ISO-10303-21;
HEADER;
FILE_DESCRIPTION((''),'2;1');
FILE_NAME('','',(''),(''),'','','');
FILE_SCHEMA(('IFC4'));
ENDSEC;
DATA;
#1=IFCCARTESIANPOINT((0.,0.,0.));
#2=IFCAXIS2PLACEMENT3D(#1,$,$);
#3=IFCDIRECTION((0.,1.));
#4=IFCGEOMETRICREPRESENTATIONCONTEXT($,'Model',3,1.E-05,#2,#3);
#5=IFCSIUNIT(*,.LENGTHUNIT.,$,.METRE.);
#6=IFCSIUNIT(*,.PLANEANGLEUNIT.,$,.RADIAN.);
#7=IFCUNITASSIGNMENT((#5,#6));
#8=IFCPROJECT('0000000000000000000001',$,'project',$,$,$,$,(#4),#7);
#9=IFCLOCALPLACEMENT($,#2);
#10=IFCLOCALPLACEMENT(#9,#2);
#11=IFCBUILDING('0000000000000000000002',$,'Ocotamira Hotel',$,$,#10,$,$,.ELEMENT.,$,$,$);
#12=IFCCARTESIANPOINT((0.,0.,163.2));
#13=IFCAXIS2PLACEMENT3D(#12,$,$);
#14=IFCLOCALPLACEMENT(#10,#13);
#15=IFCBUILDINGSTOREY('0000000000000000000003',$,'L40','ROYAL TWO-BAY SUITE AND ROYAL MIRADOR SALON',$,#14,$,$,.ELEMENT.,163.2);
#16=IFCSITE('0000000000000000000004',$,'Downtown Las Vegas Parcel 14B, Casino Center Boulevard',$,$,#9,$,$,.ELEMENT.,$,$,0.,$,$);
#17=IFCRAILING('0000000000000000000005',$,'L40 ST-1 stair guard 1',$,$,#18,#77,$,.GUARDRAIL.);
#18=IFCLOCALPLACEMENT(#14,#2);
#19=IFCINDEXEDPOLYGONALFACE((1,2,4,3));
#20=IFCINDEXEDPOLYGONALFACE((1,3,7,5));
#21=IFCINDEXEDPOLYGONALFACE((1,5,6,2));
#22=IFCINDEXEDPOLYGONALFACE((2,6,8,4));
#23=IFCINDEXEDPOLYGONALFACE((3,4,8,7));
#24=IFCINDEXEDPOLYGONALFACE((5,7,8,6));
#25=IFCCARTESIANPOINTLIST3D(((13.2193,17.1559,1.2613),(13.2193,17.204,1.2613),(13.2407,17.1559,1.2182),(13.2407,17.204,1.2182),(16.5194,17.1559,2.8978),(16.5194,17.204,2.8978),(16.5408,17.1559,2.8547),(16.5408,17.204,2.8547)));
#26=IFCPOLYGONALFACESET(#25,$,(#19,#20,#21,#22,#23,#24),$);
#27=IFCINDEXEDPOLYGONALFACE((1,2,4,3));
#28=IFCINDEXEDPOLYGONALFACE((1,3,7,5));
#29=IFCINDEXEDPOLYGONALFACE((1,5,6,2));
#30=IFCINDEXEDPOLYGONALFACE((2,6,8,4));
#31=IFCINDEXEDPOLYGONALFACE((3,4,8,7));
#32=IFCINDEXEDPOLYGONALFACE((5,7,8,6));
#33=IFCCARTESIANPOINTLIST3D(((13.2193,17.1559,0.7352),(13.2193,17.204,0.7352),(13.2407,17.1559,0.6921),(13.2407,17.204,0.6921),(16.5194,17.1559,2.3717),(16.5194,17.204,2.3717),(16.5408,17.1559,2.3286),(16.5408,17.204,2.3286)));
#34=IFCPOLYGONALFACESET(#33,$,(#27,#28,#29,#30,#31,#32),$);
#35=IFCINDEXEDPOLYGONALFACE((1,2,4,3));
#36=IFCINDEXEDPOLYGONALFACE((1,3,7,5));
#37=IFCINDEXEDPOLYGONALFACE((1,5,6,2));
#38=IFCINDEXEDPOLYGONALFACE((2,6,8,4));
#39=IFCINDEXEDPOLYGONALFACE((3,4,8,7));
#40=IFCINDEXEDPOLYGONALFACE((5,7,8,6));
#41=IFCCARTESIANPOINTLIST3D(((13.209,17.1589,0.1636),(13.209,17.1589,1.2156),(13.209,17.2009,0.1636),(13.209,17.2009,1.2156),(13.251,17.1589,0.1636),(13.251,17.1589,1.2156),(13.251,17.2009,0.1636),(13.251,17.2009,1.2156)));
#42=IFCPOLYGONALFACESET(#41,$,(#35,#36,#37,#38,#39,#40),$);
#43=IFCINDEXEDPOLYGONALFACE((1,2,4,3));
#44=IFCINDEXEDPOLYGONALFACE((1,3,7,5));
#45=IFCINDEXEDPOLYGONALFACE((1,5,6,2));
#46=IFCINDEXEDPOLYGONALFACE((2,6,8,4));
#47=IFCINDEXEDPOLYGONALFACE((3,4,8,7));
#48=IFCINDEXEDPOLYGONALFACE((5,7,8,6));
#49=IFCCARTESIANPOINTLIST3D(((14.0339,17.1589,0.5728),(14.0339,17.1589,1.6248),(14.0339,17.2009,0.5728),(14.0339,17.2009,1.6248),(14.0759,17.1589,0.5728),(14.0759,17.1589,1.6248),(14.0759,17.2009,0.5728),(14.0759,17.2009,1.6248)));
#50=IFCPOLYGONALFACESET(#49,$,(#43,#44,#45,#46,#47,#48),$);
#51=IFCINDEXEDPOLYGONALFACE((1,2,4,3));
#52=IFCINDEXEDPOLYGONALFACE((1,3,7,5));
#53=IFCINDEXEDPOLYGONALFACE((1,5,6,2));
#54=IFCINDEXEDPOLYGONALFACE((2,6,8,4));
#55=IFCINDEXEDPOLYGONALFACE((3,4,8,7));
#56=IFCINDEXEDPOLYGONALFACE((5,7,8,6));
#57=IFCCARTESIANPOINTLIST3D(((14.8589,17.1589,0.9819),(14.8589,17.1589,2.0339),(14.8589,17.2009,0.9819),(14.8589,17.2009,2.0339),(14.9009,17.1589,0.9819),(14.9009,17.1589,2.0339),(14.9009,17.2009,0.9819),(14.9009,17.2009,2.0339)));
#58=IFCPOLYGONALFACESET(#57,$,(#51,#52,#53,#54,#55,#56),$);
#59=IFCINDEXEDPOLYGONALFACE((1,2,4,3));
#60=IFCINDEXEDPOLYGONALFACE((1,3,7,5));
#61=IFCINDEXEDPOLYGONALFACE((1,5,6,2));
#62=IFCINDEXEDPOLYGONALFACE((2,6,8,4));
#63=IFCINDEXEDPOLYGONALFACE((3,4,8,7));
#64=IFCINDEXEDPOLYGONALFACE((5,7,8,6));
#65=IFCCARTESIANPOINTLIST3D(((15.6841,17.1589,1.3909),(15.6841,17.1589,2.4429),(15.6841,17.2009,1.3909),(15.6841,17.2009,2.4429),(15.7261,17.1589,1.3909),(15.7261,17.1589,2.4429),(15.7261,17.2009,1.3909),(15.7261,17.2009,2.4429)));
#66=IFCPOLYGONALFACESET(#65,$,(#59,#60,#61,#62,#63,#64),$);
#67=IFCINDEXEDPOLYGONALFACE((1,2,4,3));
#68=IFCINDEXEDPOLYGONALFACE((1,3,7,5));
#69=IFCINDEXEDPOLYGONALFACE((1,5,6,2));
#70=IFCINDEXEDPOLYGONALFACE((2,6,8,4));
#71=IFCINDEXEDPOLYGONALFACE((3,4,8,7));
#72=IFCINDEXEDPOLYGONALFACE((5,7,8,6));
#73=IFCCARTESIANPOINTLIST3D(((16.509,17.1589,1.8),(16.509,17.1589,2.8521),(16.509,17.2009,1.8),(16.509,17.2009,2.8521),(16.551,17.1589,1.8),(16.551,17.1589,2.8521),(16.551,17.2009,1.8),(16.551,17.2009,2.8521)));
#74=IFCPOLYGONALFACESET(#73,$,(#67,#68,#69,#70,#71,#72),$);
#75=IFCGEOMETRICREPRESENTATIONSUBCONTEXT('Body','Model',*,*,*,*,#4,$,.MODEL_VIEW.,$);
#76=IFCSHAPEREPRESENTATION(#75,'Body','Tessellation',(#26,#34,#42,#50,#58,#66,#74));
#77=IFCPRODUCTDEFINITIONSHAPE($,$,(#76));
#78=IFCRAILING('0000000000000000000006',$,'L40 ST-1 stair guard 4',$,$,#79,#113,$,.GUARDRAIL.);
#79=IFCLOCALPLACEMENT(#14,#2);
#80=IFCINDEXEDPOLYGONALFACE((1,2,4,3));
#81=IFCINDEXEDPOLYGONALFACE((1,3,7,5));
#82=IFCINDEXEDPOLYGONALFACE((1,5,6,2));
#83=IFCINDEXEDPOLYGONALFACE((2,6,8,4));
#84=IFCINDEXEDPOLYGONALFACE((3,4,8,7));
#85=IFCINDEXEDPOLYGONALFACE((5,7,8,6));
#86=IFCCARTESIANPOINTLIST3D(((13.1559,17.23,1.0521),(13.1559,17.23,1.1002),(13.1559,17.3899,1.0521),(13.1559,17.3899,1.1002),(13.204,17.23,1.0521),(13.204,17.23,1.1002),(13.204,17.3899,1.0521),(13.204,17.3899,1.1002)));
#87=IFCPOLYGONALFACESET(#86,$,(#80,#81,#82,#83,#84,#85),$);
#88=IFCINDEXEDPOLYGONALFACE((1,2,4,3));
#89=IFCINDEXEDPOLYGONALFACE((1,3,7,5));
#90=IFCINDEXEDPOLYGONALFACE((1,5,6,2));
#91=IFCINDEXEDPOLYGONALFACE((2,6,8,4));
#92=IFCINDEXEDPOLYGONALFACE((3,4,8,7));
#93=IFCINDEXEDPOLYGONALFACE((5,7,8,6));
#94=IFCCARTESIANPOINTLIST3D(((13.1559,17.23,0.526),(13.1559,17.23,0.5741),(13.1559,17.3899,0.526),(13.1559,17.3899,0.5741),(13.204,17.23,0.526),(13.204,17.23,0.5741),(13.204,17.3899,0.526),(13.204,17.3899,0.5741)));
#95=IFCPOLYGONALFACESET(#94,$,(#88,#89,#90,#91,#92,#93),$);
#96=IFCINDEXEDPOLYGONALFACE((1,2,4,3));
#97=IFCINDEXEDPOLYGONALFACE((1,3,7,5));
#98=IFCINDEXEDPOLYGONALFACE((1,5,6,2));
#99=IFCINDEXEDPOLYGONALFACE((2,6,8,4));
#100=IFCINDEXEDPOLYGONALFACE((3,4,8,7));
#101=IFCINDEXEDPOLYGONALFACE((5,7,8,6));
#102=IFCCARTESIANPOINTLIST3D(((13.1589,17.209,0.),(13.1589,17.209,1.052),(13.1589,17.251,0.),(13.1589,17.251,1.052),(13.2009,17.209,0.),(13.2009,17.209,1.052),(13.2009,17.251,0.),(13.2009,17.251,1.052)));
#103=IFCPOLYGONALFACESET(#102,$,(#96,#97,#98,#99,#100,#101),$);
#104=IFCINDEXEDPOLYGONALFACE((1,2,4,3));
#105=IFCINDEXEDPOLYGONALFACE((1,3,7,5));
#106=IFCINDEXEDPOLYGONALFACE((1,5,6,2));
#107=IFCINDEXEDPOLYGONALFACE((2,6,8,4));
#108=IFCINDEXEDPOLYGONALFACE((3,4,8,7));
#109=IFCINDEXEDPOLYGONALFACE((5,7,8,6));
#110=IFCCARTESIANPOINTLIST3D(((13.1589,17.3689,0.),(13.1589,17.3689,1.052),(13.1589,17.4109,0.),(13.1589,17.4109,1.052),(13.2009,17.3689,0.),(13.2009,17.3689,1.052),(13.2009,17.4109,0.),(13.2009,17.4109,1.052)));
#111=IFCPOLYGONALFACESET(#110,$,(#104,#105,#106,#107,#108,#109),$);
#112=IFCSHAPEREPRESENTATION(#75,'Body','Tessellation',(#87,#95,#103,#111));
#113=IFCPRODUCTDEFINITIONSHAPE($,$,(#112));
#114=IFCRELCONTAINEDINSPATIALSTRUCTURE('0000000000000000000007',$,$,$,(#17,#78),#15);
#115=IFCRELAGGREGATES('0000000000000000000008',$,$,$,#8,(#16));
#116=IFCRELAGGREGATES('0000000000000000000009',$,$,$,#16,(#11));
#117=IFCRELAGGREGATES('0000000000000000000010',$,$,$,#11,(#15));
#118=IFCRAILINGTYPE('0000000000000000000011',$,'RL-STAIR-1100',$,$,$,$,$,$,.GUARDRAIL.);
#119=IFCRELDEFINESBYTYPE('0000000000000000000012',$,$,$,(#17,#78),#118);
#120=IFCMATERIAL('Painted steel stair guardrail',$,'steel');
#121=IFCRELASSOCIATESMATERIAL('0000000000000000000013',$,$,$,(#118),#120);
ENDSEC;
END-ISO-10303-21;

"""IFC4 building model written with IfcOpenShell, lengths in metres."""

from ifc_helpers import new_model, si_unit, direction, frame, origin, origin_2d, place, context, subcontext, project, spatial, rectangle, extrude, material, type_object, element, save


model = new_model("IFC4")

# Units and contexts
model_context = context("Model", 3, precision=1e-05, world=origin(), true_north=direction((0.0, 1.0)))
body_context = subcontext(model_context, "Body", "Model", "MODEL_VIEW")
ifc_project = project(units=[si_unit("LENGTHUNIT", "METRE"), si_unit("PLANEANGLEUNIT", "RADIAN")], contexts=[model_context])

# Site, building, storey
site_placement = place(None, origin())
site = spatial("IfcSite", under=ifc_project, at=site_placement, Name="Downtown Las Vegas Parcel 14B, Casino Center Boulevard", CompositionType="ELEMENT", RefElevation=0.0)
building_placement = place(site_placement, origin())
building = spatial("IfcBuilding", under=site, at=building_placement, Name="Ocotamira Hotel", CompositionType="ELEMENT")
storey_placement = place(building_placement, frame((0.0, 0.0, 163.2)))
storey = spatial("IfcBuildingStorey", under=building, at=storey_placement, Name="L40", Description="ROYAL TWO-BAY SUITE AND ROYAL MIRADOR SALON", CompositionType="ELEMENT", Elevation=163.2)

# Railings
ifc_material_1 = material(Name="Painted steel stair guardrail", Category="steel")
railing_type_1 = type_object("IfcRailingType", Name="RL-STAIR-1100", PredefinedType="GUARDRAIL", material=ifc_material_1)
railing_1_placement = place(storey_placement, frame((13.23, 17.1799, 0.1636)))
element("IfcRailing", 1, at=railing_1_placement, inside=storey, type_object=railing_type_1, Name="L40 ST-1 stair guard 1", PredefinedType="GUARDRAIL", context=body_context, shape_type="SweptSolid", body=[
    extrude(rectangle(XDim=0.0481, YDim=0.0481, at=origin_2d()), frame((0.0, 0.0, 1.0762), z_axis=(0.895894, 0.0, 0.444268), x_axis=(0.0, 1.0, 0.0)), (0.0, 0.0, 1.0), 3.6836),
    extrude(rectangle(XDim=0.0481, YDim=0.0481, at=origin_2d()), frame((0.0, 0.0, 0.55), z_axis=(0.895894, 0.0, 0.444268), x_axis=(0.0, 1.0, 0.0)), (0.0, 0.0, 1.0), 3.6836),
    extrude(rectangle(XDim=0.042, YDim=0.042, at=origin_2d()), origin(), (0.0, 0.0, 1.0), 1.052),
    extrude(rectangle(XDim=0.042, YDim=0.042, at=origin_2d()), frame((0.825, 0.0, 0.4092)), (0.0, 0.0, 1.0), 1.052),
    extrude(rectangle(XDim=0.042, YDim=0.042, at=origin_2d()), frame((1.6499, 0.0, 0.8184)), (0.0, 0.0, 1.0), 1.052),
    extrude(rectangle(XDim=0.042, YDim=0.042, at=origin_2d()), frame((2.4751, 0.0, 1.2273)), (0.0, 0.0, 1.0), 1.052),
    extrude(rectangle(XDim=0.042, YDim=0.042, at=origin_2d()), frame((3.3, 0.0, 1.6365)), (0.0, 0.0, 1.0), 1.052),
])
railing_2_placement = place(storey_placement, frame((13.1799, 17.23, 0.0)))
element("IfcRailing", 2, at=railing_2_placement, inside=storey, type_object=railing_type_1, Name="L40 ST-1 stair guard 4", PredefinedType="GUARDRAIL", context=body_context, shape_type="SweptSolid", body=[
    extrude(rectangle(XDim=0.0481, YDim=0.0481, at=origin_2d()), frame((0.0, 0.0, 1.0762), z_axis=(0.0, 1.0, 0.0), x_axis=(-1.0, 0.0, 0.0)), (0.0, 0.0, 1.0), 0.1599),
    extrude(rectangle(XDim=0.0481, YDim=0.0481, at=origin_2d()), frame((0.0, 0.0, 0.55), z_axis=(0.0, 1.0, 0.0), x_axis=(-1.0, 0.0, 0.0)), (0.0, 0.0, 1.0), 0.1599),
    extrude(rectangle(XDim=0.042, YDim=0.042, at=origin_2d()), origin(), (0.0, 0.0, 1.0), 1.052),
    extrude(rectangle(XDim=0.042, YDim=0.042, at=origin_2d()), frame((0.0, 0.1599, 0.0)), (0.0, 0.0, 1.0), 1.052),
])

save(model, "model.ifc")
